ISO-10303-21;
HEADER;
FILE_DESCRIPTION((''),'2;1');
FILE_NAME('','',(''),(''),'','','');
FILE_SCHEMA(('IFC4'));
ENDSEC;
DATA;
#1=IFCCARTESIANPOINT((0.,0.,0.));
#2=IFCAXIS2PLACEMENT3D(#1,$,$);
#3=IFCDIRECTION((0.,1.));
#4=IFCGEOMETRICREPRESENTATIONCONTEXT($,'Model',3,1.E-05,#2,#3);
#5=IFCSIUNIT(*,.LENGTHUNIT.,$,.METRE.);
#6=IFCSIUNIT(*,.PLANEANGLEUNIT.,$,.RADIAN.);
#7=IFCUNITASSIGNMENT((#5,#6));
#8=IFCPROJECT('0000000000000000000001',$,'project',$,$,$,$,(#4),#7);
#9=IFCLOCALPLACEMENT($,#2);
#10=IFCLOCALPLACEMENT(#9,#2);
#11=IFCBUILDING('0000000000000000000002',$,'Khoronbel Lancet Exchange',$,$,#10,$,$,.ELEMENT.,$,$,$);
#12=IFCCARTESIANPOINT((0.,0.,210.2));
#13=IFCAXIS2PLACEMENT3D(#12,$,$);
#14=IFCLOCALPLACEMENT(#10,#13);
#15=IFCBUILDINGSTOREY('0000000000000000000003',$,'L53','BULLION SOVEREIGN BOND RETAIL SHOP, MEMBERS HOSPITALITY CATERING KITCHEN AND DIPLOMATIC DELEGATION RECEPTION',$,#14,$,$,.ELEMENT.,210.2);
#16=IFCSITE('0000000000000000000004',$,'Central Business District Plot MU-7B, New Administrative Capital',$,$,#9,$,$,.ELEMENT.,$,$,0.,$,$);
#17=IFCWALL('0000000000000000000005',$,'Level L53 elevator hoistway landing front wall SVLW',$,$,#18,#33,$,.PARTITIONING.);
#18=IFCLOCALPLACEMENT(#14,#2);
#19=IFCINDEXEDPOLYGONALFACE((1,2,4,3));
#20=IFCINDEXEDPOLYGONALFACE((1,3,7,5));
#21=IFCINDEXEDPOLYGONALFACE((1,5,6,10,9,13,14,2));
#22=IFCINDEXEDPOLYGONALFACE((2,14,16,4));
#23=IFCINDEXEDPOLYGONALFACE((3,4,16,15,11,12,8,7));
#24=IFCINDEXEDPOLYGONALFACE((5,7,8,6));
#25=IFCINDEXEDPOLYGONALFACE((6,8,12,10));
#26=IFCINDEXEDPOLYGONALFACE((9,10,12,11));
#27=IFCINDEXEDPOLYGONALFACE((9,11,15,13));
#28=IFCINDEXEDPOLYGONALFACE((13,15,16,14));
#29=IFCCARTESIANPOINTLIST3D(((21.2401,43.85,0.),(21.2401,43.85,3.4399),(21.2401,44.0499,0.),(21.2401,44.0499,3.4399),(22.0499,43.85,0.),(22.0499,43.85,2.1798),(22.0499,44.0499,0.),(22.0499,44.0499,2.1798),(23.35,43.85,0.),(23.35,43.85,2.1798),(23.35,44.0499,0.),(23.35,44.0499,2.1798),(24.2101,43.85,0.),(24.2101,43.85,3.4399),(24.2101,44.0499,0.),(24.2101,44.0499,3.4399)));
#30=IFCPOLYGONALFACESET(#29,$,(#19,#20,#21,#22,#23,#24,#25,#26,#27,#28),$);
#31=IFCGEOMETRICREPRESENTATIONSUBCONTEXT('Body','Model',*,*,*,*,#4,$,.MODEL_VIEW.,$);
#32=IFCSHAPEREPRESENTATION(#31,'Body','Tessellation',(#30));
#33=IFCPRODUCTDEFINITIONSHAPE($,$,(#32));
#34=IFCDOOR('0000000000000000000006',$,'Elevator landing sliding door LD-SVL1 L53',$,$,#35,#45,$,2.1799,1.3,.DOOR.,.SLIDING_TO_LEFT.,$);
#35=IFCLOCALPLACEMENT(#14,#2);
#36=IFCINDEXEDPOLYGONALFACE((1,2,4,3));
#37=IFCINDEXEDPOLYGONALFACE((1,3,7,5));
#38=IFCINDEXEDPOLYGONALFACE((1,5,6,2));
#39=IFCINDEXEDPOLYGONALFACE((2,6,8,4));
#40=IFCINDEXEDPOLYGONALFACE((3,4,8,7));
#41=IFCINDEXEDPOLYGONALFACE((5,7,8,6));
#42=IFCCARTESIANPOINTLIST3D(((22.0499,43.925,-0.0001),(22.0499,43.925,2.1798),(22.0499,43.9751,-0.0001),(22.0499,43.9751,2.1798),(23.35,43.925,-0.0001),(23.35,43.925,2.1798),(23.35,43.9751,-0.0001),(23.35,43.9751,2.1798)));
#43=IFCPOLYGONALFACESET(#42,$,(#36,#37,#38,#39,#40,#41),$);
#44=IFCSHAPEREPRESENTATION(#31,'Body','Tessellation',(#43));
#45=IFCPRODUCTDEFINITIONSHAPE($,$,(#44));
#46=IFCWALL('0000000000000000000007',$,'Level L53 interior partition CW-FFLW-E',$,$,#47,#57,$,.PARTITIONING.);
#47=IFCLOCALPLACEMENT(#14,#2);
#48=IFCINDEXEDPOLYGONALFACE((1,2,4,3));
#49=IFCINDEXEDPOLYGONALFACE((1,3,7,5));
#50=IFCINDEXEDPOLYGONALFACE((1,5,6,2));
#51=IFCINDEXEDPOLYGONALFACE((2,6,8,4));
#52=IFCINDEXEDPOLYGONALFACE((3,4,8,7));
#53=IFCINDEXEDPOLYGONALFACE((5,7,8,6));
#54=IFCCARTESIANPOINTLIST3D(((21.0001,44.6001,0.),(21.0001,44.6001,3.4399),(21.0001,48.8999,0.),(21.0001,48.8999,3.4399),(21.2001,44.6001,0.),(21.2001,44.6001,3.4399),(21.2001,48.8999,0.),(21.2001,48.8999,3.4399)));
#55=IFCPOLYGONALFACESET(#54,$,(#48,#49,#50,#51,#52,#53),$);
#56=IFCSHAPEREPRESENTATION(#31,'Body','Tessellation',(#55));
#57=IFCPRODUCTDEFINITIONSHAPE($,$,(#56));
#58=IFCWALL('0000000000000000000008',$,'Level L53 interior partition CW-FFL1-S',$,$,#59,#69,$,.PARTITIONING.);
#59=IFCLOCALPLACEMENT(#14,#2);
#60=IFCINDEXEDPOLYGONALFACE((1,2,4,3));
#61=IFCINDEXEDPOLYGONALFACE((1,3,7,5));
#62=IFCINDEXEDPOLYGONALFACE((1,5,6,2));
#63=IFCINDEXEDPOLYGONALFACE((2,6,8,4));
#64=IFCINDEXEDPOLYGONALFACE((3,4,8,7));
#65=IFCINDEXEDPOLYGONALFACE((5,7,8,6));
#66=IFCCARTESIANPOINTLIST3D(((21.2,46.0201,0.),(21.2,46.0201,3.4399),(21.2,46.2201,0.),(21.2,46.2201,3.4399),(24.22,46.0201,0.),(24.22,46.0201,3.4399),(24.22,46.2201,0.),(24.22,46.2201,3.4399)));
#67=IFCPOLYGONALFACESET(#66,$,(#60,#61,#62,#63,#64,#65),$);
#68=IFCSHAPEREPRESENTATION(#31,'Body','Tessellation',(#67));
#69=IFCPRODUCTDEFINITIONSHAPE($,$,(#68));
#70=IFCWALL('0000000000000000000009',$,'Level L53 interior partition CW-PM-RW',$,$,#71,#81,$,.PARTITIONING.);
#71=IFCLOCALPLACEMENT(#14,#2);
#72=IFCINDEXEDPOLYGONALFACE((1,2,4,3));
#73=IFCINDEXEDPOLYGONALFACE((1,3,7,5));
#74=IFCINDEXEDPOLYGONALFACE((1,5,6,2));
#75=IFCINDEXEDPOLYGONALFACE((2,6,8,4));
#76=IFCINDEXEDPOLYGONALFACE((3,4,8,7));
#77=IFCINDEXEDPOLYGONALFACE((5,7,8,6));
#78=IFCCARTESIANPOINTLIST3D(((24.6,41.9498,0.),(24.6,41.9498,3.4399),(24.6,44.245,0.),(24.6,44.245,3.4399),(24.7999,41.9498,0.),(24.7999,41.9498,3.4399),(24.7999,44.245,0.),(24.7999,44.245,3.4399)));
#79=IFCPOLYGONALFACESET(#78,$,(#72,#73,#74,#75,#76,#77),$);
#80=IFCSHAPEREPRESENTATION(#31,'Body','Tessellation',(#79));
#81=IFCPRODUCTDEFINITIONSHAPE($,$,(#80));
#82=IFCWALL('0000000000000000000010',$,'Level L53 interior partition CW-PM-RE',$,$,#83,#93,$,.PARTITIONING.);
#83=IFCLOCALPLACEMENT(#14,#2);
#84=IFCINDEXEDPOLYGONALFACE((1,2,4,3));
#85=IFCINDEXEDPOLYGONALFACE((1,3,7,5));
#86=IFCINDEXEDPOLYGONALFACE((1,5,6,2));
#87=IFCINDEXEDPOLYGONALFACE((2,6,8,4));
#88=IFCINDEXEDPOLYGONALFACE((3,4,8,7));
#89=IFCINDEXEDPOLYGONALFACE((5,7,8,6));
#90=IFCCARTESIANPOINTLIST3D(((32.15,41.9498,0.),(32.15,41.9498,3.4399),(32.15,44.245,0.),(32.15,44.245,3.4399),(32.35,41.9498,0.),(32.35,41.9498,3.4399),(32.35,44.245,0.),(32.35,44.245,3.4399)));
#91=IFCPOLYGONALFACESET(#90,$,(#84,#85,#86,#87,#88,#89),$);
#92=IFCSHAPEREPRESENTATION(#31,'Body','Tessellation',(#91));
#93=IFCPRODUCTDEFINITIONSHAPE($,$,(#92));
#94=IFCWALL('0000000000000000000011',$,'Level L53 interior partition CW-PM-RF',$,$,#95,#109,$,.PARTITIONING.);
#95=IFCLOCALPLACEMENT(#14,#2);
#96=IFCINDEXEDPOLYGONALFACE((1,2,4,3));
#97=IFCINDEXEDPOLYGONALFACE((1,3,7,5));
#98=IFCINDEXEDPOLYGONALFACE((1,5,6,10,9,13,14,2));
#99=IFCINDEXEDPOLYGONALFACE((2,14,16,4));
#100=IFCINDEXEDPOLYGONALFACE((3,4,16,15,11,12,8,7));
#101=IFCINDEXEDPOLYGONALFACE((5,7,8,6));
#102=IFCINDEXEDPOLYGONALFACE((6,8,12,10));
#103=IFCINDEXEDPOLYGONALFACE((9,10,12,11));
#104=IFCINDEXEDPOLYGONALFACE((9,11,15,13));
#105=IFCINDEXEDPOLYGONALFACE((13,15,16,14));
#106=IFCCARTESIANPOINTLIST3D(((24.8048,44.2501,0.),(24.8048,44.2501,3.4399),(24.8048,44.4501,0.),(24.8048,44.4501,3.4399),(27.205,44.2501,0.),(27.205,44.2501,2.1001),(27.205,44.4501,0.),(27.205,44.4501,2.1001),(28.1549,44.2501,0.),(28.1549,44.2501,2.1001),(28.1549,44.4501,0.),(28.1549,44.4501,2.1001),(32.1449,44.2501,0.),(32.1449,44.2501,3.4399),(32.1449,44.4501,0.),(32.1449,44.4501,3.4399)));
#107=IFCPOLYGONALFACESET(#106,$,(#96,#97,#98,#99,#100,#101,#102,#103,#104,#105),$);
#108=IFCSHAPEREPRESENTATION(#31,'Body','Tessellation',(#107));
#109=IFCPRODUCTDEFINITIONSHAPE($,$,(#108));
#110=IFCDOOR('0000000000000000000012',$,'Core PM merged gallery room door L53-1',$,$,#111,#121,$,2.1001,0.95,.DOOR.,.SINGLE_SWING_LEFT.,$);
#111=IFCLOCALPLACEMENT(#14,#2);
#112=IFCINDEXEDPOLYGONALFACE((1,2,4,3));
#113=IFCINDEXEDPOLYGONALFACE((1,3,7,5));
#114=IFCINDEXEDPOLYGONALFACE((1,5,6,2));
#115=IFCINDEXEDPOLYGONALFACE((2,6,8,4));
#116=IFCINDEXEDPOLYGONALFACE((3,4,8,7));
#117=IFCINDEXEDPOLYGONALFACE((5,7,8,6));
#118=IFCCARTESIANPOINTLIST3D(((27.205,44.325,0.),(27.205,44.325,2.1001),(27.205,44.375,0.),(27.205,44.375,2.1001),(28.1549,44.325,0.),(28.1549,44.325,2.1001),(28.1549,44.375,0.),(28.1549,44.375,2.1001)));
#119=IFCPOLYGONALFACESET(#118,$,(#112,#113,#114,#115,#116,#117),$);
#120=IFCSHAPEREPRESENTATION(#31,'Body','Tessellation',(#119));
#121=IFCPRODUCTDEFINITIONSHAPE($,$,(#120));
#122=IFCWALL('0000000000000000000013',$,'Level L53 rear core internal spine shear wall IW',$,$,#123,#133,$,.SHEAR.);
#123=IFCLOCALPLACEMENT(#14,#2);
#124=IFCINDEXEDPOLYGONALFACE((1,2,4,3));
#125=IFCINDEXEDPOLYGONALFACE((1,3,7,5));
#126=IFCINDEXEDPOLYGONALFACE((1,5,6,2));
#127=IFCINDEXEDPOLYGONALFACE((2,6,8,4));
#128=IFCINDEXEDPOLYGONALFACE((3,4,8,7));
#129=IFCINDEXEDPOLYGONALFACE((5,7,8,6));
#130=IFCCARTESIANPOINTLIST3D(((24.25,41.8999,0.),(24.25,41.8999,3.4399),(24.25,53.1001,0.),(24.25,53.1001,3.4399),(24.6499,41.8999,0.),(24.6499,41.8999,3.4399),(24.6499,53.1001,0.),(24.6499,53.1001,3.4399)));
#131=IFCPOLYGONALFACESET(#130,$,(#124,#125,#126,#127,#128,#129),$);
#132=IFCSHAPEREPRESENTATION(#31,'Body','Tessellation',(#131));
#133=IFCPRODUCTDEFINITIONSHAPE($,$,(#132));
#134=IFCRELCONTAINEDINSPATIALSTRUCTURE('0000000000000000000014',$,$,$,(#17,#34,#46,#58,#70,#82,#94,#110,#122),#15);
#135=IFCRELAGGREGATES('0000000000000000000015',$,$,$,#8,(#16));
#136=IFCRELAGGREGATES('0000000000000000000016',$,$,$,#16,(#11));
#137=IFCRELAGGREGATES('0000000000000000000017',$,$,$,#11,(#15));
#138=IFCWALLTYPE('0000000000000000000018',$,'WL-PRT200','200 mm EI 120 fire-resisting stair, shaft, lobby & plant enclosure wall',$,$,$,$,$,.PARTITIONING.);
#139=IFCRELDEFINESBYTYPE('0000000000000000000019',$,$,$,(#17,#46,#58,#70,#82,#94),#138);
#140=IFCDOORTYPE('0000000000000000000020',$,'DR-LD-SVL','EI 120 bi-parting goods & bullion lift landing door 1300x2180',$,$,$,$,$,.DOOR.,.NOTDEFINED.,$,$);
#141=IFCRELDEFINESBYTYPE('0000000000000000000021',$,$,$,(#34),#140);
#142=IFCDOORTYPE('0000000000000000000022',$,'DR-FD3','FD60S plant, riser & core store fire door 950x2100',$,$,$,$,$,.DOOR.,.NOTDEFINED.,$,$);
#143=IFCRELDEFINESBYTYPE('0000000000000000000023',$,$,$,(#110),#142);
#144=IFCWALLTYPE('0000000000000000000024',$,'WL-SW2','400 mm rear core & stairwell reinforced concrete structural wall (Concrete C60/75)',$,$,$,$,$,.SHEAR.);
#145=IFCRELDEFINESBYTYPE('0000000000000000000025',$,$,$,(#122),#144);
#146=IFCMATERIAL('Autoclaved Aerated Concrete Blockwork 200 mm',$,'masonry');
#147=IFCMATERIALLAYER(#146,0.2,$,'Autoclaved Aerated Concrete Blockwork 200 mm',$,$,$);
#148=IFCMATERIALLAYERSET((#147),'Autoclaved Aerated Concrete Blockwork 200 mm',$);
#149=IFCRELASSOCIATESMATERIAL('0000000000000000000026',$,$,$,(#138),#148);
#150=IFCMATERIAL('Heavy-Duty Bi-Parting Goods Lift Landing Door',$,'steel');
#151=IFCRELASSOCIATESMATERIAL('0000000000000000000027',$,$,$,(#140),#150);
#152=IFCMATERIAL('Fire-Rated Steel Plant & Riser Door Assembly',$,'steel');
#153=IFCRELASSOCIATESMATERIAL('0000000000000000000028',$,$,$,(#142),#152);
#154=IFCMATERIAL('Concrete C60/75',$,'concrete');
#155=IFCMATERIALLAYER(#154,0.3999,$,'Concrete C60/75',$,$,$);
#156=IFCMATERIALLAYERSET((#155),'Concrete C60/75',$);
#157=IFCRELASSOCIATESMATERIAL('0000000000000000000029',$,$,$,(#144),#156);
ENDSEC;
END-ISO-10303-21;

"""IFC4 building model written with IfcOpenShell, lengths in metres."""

from ifc_helpers import new_model, si_unit, direction, frame, frame_2d, origin, place, context, subcontext, project, spatial, rectangle, extrude, material, layer, layer_set, type_object, element, fill, save


model = new_model("IFC4")

# Units and contexts
model_context = context("Model", 3, precision=1e-05, world=origin(), true_north=direction((0.0, 1.0)))
body_context = subcontext(model_context, "Body", "Model", "MODEL_VIEW")
ifc_project = project(units=[si_unit("LENGTHUNIT", "METRE"), si_unit("PLANEANGLEUNIT", "RADIAN")], contexts=[model_context])

# Site, building, storey
site_placement = place(None, origin())
site = spatial("IfcSite", under=ifc_project, at=site_placement, Name="Central Business District Plot MU-7B, New Administrative Capital", CompositionType="ELEMENT", RefElevation=0.0)
building_placement = place(site_placement, origin())
building = spatial("IfcBuilding", under=site, at=building_placement, Name="Khoronbel Lancet Exchange", CompositionType="ELEMENT")
storey_placement = place(building_placement, frame((0.0, 0.0, 210.2)))
storey = spatial("IfcBuildingStorey", under=building, at=storey_placement, Name="L53", Description="BULLION SOVEREIGN BOND RETAIL SHOP, MEMBERS HOSPITALITY CATERING KITCHEN AND DIPLOMATIC DELEGATION RECEPTION", CompositionType="ELEMENT", Elevation=210.2)

# Shared definitions
ifc_material_1 = material(Name="Concrete C60/75", Category="concrete")

# Wall, opening, door
ifc_material_2 = material(Name="Autoclaved Aerated Concrete Blockwork 200 mm", Category="masonry")
ifc_layer_1 = layer(ifc_material_2, 0.2, Name="Autoclaved Aerated Concrete Blockwork 200 mm")
ifc_layer_set_1 = layer_set([ifc_layer_1], Name="Autoclaved Aerated Concrete Blockwork 200 mm")
wall_type_1 = type_object("IfcWallType", Name="WL-PRT200", Description="200 mm EI 120 fire-resisting stair, shaft, lobby & plant enclosure wall", PredefinedType="PARTITIONING", material=ifc_layer_set_1)
wall_1_placement = place(storey_placement, frame((24.21, 43.95, 0.0), z_axis=(0.0, 0.0, 1.0), x_axis=(-1.0, 0.0, 0.0)))
wall_1 = element("IfcWall", 1, at=wall_1_placement, inside=storey, type_object=wall_type_1, Name="Level L53 elevator hoistway landing front wall SVLW", PredefinedType="PARTITIONING", context=body_context, shape_type="SweptSolid", body=[
    extrude(rectangle(XDim=2.97, YDim=0.2, at=frame_2d((1.4849, 0.0))), origin(), (0.0, 0.0, 1.0), 3.4399),
])
opening_1_placement = place(wall_1_placement, frame((0.8601, 0.0, 0.0)))
opening_1 = element("IfcOpeningElement", 2, at=opening_1_placement, cuts=wall_1, PredefinedType="OPENING", context=body_context, shape_type="SweptSolid", body=[
    extrude(rectangle(XDim=1.3, YDim=2.1799, at=frame_2d((0.6499, 1.0898))), frame((0.0, 0.1099, 0.0), z_axis=(0.0, -1.0, 0.0), x_axis=(1.0, 0.0, 0.0)), (0.0, 0.0, 1.0), 0.22),
])
ifc_material_3 = material(Name="Heavy-Duty Bi-Parting Goods Lift Landing Door", Category="steel")
door_type_1 = type_object("IfcDoorType", Name="DR-LD-SVL", Description="EI 120 bi-parting goods & bullion lift landing door 1300x2180", OperationType="NOTDEFINED", PredefinedType="DOOR", material=ifc_material_3)
door_1_placement = place(opening_1_placement, origin())
door_1 = element("IfcDoor", 3, at=door_1_placement, inside=storey, type_object=door_type_1, Name="Elevator landing sliding door LD-SVL1 L53", OperationType="SLIDING_TO_LEFT", OverallHeight=2.1799, OverallWidth=1.3, PredefinedType="DOOR", context=body_context, shape_type="SweptSolid", body=[
    extrude(rectangle(XDim=1.3, YDim=2.1799, at=frame_2d((0.6499, 1.0898))), frame((0.0, 0.0249, 0.0), z_axis=(0.0, -1.0, 0.0), x_axis=(1.0, 0.0, 0.0)), (0.0, 0.0, 1.0), 0.05),
])
fill(opening_1, door_1)

# Walls
wall_2_placement = place(storey_placement, frame((21.1001, 44.6001, 0.0), z_axis=(0.0, 0.0, 1.0), x_axis=(0.0, 1.0, 0.0)))
element("IfcWall", 4, at=wall_2_placement, inside=storey, type_object=wall_type_1, Name="Level L53 interior partition CW-FFLW-E", PredefinedType="PARTITIONING", context=body_context, shape_type="SweptSolid", body=[
    extrude(rectangle(XDim=4.2998, YDim=0.2, at=frame_2d((2.1499, 0.0))), origin(), (0.0, 0.0, 1.0), 3.4399),
])
wall_3_placement = place(storey_placement, frame((21.2, 46.1201, 0.0), z_axis=(0.0, 0.0, 1.0), x_axis=(1.0, 0.0, 0.0)))
element("IfcWall", 5, at=wall_3_placement, inside=storey, type_object=wall_type_1, Name="Level L53 interior partition CW-FFL1-S", PredefinedType="PARTITIONING", context=body_context, shape_type="SweptSolid", body=[
    extrude(rectangle(XDim=3.02, YDim=0.2, at=frame_2d((1.51, 0.0))), origin(), (0.0, 0.0, 1.0), 3.4399),
])

# Walls
for number, where, z_axis, x_axis, name in (
    (6, (24.7, 41.95, 0.0), (0.0, 0.0, 1.0), (0.0, 1.0, 0.0), "Level L53 interior partition CW-PM-RW"),
    (7, (32.25, 41.95, 0.0), (0.0, 0.0, 1.0), (0.0, 1.0, 0.0), "Level L53 interior partition CW-PM-RE"),
):
    element("IfcWall", number, at=place(storey_placement, frame(where, z_axis=z_axis, x_axis=x_axis)), inside=storey, type_object=wall_type_1, Name=name, PredefinedType="PARTITIONING", context=body_context, shape_type="SweptSolid", body=[
        extrude(rectangle(XDim=2.2952, YDim=0.2, at=frame_2d((1.1475, 0.0))), origin(), (0.0, 0.0, 1.0), 3.4399),
    ])

# Wall, opening, door
wall_4_placement = place(storey_placement, frame((24.8049, 44.3501, 0.0), z_axis=(0.0, 0.0, 1.0), x_axis=(1.0, 0.0, 0.0)))
wall_4 = element("IfcWall", 8, at=wall_4_placement, inside=storey, type_object=wall_type_1, Name="Level L53 interior partition CW-PM-RF", PredefinedType="PARTITIONING", context=body_context, shape_type="SweptSolid", body=[
    extrude(rectangle(XDim=7.3401, YDim=0.2, at=frame_2d((3.6699, 0.0))), origin(), (0.0, 0.0, 1.0), 3.4399),
])
opening_2_placement = place(wall_4_placement, frame((2.3999, 0.0, 0.0)))
opening_2 = element("IfcOpeningElement", 9, at=opening_2_placement, cuts=wall_4, PredefinedType="OPENING", context=body_context, shape_type="SweptSolid", body=[
    extrude(rectangle(XDim=0.95, YDim=2.1001, at=frame_2d((0.4751, 1.05))), frame((0.0, 0.1099, 0.0), z_axis=(0.0, -1.0, 0.0), x_axis=(1.0, 0.0, 0.0)), (0.0, 0.0, 1.0), 0.22),
])
ifc_material_4 = material(Name="Fire-Rated Steel Plant & Riser Door Assembly", Category="steel")
door_type_2 = type_object("IfcDoorType", Name="DR-FD3", Description="FD60S plant, riser & core store fire door 950x2100", OperationType="NOTDEFINED", PredefinedType="DOOR", material=ifc_material_4)
door_2_placement = place(opening_2_placement, origin())
door_2 = element("IfcDoor", 10, at=door_2_placement, inside=storey, type_object=door_type_2, Name="Core PM merged gallery room door L53-1", OperationType="SINGLE_SWING_LEFT", OverallHeight=2.1001, OverallWidth=0.95, PredefinedType="DOOR", context=body_context, shape_type="SweptSolid", body=[
    extrude(rectangle(XDim=0.95, YDim=2.1001, at=frame_2d((0.4751, 1.05))), frame((0.0, 0.0249, 0.0), z_axis=(0.0, -1.0, 0.0), x_axis=(1.0, 0.0, 0.0)), (0.0, 0.0, 1.0), 0.05),
])
fill(opening_2, door_2)

# Wall
ifc_layer_2 = layer(ifc_material_1, 0.3999, Name="Concrete C60/75")
ifc_layer_set_2 = layer_set([ifc_layer_2], Name="Concrete C60/75")
wall_type_2 = type_object("IfcWallType", Name="WL-SW2", Description="400 mm rear core & stairwell reinforced concrete structural wall (Concrete C60/75)", PredefinedType="SHEAR", material=ifc_layer_set_2)
wall_5_placement = place(storey_placement, frame((24.45, 41.8999, 0.0), z_axis=(0.0, 0.0, 1.0), x_axis=(0.0, 1.0, 0.0)))
element("IfcWall", 11, at=wall_5_placement, inside=storey, type_object=wall_type_2, Name="Level L53 rear core internal spine shear wall IW", PredefinedType="SHEAR", context=body_context, shape_type="SweptSolid", body=[
    extrude(rectangle(XDim=11.2002, YDim=0.3999, at=frame_2d((5.6001, 0.0))), origin(), (0.0, 0.0, 1.0), 3.4399),
])

save(model, "model.ifc")
